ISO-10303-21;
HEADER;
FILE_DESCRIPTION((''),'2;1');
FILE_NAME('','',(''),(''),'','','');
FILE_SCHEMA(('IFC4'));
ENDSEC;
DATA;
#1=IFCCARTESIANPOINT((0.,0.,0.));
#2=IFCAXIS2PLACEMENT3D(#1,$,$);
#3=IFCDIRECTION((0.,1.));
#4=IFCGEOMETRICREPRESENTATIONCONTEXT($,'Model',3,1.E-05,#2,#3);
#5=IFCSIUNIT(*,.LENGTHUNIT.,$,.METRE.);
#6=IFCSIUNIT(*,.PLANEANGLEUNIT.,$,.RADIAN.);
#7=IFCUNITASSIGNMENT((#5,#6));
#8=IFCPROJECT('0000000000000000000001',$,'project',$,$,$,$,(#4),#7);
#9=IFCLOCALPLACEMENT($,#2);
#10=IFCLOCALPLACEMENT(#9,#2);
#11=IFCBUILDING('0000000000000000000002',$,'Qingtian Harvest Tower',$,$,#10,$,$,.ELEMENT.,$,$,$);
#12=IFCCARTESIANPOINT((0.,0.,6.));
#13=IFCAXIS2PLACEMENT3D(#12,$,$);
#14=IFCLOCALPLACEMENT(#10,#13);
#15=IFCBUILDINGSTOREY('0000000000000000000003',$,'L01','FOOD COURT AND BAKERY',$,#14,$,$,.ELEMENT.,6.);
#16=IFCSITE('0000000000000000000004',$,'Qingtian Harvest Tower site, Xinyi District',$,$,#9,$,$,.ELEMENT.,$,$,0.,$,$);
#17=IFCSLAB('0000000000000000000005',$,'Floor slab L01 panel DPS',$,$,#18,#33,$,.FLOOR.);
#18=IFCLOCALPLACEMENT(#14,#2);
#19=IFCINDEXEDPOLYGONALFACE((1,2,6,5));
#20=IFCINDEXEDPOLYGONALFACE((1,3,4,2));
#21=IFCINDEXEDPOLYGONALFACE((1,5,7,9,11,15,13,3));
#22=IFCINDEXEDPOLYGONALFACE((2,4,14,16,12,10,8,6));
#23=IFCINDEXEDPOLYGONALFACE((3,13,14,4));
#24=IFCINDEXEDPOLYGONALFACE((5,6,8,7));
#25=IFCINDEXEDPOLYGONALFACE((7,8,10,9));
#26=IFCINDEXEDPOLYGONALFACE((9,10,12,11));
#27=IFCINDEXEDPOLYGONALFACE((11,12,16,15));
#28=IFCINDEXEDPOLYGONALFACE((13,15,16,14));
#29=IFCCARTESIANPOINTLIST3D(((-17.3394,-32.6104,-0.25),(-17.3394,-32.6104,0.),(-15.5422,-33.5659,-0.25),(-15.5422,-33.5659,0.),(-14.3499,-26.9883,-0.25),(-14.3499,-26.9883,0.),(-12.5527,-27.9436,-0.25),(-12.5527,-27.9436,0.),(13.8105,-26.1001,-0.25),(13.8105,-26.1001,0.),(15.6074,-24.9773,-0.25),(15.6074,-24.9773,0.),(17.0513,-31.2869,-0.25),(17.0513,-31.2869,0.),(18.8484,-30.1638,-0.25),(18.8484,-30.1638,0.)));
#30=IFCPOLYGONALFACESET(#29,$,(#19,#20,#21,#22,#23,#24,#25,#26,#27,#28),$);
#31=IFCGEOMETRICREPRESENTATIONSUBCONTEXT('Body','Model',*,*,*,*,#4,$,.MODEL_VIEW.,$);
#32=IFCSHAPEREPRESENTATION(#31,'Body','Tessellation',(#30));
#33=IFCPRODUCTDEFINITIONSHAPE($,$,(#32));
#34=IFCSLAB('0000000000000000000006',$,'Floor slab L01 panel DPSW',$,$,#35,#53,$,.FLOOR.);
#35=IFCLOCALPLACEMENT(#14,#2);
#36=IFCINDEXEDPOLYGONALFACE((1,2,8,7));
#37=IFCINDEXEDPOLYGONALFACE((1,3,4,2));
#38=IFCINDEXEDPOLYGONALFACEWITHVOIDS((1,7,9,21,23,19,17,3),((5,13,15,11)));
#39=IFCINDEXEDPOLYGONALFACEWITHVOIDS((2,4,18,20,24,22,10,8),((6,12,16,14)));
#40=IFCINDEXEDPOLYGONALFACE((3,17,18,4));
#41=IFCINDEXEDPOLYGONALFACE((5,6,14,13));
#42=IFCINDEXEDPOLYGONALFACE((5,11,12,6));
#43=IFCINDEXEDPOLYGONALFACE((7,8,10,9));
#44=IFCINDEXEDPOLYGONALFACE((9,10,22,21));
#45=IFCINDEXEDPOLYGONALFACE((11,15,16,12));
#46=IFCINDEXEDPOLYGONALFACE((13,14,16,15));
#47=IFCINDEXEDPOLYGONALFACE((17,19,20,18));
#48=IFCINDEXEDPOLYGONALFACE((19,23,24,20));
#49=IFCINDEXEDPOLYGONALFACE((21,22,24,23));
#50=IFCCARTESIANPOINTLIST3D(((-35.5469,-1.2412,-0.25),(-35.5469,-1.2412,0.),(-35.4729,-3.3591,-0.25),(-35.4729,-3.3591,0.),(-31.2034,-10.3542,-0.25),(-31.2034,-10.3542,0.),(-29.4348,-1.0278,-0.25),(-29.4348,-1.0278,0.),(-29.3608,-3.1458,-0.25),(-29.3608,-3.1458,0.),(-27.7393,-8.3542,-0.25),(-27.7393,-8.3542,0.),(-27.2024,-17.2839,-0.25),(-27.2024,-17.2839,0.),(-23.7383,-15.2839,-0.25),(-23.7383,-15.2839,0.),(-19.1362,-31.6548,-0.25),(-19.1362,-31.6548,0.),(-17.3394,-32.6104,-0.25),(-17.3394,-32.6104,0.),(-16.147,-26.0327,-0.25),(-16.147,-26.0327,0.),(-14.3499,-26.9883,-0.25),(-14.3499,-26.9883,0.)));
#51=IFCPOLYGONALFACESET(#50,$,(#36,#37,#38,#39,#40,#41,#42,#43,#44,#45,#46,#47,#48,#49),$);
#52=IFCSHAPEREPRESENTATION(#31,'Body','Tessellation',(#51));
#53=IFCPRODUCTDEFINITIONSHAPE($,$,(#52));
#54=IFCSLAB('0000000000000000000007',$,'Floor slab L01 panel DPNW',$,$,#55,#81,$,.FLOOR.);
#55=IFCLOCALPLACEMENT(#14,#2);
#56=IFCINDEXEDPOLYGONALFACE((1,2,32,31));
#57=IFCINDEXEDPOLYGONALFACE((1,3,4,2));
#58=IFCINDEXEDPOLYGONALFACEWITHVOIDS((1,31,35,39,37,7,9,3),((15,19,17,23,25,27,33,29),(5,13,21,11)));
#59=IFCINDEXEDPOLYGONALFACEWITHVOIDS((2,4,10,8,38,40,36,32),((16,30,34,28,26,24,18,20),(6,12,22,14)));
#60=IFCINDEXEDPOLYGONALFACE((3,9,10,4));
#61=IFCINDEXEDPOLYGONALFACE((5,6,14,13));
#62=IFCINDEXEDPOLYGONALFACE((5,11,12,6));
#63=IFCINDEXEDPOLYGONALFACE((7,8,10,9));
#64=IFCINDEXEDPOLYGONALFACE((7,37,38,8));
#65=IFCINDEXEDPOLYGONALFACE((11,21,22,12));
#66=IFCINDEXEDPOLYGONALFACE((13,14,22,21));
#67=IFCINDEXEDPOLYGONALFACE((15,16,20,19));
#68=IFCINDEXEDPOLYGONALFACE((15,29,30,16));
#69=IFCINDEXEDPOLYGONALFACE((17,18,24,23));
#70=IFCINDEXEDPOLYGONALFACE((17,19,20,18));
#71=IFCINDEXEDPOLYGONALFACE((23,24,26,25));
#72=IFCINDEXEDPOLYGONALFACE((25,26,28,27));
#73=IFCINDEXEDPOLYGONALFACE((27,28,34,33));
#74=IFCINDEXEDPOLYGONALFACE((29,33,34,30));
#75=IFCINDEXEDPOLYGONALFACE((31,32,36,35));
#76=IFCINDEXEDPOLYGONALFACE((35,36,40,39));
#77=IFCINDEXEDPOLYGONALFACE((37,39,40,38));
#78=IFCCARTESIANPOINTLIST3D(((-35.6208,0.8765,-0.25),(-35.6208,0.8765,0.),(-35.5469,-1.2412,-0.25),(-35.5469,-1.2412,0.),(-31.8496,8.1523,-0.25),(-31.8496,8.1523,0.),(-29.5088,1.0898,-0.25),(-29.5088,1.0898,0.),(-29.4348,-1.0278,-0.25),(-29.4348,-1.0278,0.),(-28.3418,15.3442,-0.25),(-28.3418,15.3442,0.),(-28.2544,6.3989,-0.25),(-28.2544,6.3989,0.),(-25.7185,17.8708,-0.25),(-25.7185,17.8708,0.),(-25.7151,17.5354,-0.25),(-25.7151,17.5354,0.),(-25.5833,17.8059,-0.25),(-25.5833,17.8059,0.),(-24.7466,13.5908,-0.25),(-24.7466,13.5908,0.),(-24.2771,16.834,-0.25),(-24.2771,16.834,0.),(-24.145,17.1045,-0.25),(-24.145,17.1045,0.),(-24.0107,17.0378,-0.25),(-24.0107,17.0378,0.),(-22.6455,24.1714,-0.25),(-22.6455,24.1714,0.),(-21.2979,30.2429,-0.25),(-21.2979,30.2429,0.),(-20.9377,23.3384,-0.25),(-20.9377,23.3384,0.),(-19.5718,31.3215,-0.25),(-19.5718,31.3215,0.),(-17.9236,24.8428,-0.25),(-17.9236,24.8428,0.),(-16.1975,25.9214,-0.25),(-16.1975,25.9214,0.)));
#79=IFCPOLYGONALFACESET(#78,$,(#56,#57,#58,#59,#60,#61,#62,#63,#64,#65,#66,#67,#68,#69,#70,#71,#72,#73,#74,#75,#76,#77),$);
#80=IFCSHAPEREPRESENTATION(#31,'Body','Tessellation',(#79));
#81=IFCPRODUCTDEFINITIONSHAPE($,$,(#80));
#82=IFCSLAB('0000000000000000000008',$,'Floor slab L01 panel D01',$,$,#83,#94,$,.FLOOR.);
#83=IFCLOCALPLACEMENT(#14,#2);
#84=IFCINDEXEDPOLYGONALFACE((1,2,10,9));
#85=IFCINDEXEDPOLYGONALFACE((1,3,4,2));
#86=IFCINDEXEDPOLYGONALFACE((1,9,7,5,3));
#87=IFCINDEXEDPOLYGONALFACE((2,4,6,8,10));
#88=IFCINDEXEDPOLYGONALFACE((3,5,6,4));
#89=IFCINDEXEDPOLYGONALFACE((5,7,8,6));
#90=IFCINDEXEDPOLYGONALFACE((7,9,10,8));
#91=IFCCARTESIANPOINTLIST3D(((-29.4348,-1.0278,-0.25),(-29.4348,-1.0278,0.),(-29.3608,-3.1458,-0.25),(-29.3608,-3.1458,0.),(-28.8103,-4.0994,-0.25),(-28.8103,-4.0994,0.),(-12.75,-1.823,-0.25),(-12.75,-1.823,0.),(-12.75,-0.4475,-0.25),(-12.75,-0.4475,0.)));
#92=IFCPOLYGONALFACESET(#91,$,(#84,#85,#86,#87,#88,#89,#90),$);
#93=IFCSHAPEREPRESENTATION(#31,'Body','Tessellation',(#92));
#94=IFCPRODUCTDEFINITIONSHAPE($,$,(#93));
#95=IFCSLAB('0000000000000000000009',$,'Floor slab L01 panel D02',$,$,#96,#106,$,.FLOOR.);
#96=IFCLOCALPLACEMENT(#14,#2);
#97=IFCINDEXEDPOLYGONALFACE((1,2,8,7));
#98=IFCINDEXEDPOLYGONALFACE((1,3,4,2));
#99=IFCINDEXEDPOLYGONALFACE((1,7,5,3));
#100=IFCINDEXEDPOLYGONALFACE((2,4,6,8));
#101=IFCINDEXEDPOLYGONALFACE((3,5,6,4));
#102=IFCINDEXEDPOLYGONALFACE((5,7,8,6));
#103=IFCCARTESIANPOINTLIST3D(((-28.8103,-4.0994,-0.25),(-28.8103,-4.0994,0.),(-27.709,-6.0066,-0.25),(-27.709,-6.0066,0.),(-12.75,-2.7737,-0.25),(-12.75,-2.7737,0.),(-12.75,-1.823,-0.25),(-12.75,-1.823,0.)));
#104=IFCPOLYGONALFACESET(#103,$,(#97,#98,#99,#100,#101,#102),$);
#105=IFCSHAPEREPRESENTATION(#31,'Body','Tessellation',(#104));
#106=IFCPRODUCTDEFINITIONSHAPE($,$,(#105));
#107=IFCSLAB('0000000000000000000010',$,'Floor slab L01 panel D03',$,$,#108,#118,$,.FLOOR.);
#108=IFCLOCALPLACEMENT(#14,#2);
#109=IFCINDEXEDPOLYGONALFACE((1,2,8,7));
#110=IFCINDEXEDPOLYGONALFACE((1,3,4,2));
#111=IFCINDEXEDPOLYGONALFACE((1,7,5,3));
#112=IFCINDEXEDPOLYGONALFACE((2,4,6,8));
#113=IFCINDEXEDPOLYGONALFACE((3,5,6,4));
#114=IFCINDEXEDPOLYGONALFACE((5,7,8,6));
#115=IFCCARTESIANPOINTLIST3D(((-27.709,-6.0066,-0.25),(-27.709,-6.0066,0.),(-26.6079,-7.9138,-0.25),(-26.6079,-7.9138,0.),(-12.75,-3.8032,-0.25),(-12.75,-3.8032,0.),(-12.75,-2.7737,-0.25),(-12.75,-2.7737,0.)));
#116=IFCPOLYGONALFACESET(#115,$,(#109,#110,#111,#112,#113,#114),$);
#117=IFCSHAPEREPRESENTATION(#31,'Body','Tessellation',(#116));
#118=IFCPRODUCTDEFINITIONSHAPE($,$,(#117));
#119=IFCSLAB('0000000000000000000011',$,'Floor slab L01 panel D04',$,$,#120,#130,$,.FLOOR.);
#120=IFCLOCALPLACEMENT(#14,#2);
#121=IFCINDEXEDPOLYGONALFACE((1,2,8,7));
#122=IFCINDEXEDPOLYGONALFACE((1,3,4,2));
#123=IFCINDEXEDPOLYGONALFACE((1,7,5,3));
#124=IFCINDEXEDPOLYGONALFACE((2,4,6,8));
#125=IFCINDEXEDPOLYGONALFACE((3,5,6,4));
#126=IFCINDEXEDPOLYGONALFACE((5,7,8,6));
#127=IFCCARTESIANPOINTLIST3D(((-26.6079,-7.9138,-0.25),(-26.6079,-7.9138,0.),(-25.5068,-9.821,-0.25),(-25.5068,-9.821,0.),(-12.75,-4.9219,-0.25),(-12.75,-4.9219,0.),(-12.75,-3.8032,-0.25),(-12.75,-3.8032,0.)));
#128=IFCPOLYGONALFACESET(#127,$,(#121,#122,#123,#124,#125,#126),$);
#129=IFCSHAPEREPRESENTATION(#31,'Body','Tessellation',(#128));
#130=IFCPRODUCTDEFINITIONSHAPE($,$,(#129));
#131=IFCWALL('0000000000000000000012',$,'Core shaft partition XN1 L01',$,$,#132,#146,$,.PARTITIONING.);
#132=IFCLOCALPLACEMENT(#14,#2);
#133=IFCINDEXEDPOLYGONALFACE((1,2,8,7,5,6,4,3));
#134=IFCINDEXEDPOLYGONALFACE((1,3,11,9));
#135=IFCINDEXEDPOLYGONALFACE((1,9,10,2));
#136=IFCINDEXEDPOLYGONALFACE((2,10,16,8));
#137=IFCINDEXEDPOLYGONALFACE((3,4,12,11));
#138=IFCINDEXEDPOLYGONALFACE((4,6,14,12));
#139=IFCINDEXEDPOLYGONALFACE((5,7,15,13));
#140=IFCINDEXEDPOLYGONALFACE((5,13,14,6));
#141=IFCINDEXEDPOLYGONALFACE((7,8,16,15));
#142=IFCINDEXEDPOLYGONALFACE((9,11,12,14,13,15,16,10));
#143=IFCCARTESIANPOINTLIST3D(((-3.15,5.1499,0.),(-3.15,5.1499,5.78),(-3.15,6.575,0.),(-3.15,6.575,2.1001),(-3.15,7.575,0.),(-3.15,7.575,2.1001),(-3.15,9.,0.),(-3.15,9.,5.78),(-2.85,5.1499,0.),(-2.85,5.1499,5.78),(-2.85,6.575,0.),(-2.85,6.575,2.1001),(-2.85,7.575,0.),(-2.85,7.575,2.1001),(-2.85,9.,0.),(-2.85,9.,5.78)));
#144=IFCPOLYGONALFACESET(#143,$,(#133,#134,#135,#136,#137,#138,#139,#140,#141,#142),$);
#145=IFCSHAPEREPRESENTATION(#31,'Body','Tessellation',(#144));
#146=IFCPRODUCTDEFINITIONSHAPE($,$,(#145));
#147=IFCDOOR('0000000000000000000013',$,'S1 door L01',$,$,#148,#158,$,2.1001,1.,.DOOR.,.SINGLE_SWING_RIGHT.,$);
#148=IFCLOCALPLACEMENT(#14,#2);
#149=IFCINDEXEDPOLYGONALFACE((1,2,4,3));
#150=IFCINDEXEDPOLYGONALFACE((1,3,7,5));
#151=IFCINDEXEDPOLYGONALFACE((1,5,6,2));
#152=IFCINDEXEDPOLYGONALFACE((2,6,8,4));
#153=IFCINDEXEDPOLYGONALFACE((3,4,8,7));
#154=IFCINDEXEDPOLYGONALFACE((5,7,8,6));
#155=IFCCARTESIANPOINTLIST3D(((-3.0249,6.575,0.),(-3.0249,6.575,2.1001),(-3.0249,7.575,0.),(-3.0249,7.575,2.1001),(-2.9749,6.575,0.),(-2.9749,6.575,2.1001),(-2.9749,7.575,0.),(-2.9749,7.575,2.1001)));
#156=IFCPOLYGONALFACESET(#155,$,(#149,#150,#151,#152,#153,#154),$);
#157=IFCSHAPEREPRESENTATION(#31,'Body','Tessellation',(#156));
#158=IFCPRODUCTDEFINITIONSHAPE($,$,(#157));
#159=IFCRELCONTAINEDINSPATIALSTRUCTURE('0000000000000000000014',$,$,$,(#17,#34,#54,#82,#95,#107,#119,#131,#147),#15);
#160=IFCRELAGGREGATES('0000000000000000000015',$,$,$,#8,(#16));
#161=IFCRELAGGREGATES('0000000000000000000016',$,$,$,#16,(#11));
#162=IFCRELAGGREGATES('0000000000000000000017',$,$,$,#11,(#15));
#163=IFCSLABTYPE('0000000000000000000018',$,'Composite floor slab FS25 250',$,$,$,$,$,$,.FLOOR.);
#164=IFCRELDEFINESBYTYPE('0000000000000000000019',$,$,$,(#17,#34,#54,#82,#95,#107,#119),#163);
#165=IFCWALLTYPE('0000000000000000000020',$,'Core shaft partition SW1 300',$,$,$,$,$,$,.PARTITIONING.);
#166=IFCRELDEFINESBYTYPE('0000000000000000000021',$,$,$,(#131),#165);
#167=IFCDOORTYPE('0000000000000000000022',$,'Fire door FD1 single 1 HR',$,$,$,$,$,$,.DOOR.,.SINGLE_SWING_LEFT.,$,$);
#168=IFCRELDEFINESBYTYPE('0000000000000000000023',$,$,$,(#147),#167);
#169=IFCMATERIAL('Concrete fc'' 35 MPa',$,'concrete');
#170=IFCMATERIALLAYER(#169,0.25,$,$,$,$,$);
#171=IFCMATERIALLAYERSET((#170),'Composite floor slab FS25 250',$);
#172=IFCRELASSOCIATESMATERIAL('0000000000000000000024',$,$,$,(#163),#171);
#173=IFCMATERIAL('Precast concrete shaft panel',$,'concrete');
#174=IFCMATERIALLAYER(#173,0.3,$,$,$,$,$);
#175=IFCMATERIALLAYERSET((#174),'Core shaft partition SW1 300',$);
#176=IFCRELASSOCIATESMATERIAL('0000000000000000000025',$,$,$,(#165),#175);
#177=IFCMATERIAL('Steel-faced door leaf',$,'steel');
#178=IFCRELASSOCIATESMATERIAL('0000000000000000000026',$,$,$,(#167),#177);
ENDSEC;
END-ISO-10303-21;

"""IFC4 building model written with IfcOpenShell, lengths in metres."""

from ifc_helpers import new_model, si_unit, direction, frame, frame_2d, origin, place, context, subcontext, project, spatial, polyline, rectangle, outline, extrude, material, layer, layer_set, type_object, element, fill, save


model = new_model("IFC4")

# Units and contexts
model_context = context("Model", 3, precision=1e-05, world=origin(), true_north=direction((0.0, 1.0)))
body_context = subcontext(model_context, "Body", "Model", "MODEL_VIEW")
ifc_project = project(units=[si_unit("LENGTHUNIT", "METRE"), si_unit("PLANEANGLEUNIT", "RADIAN")], contexts=[model_context])

# Site, building, storey
site_placement = place(None, origin())
site = spatial("IfcSite", under=ifc_project, at=site_placement, Name="Qingtian Harvest Tower site, Xinyi District", CompositionType="ELEMENT", RefElevation=0.0)
building_placement = place(site_placement, origin())
building = spatial("IfcBuilding", under=site, at=building_placement, Name="Qingtian Harvest Tower", CompositionType="ELEMENT")
storey_placement = place(building_placement, frame((0.0, 0.0, 6.0)))
storey = spatial("IfcBuildingStorey", under=building, at=storey_placement, Name="L01", Description="FOOD COURT AND BAKERY", CompositionType="ELEMENT", Elevation=6.0)

# Slabs
ifc_material_1 = material(Name="Concrete fc' 35 MPa", Category="concrete")
ifc_layer_1 = layer(ifc_material_1, 0.25)
ifc_layer_set_1 = layer_set([ifc_layer_1], Name="Composite floor slab FS25 250")
slab_type = type_object("IfcSlabType", Name="Composite floor slab FS25 250", PredefinedType="FLOOR", material=ifc_layer_set_1)
slab_1_placement = place(storey_placement, frame((0.0, 0.0, -0.25)))
element("IfcSlab", 1, at=slab_1_placement, inside=storey, type_object=slab_type, Name="Floor slab L01 panel DPS", PredefinedType="FLOOR", context=body_context, shape_type="SweptSolid", body=[
    extrude(outline(polyline([(-17.3394, -32.6104), (-14.3499, -26.9883), (-12.5527, -27.9436), (13.8105, -26.1001), (15.6074, -24.9773), (18.8484, -30.1638), (17.0513, -31.2869), (-15.5422, -33.5659), (-17.3394, -32.6104)])), origin(), (0.0, 0.0, 1.0), 0.25),
])
slab_2_placement = place(storey_placement, frame((0.0, 0.0, -0.25)))
element("IfcSlab", 2, at=slab_2_placement, inside=storey, type_object=slab_type, Name="Floor slab L01 panel DPSW", PredefinedType="FLOOR", context=body_context, shape_type="SweptSolid", body=[
    extrude(outline(polyline([(-35.5469, -1.2412), (-29.4348, -1.0278), (-29.3608, -3.1458), (-16.147, -26.0327), (-14.3499, -26.9883), (-17.3394, -32.6104), (-19.1362, -31.6548), (-35.4729, -3.3591), (-35.5469, -1.2412)]), holes=[polyline([(-31.2034, -10.3542), (-27.2024, -17.2839), (-23.7383, -15.2839), (-27.7393, -8.3542), (-31.2034, -10.3542)])]), origin(), (0.0, 0.0, 1.0), 0.25),
])
slab_3_placement = place(storey_placement, frame((0.0, 0.0, -0.25)))
element("IfcSlab", 3, at=slab_3_placement, inside=storey, type_object=slab_type, Name="Floor slab L01 panel DPNW", PredefinedType="FLOOR", context=body_context, shape_type="SweptSolid", body=[
    extrude(outline(polyline([(-19.5718, 31.3215), (-16.1975, 25.9214), (-17.9236, 24.8428), (-29.5088, 1.0898), (-29.4348, -1.0278), (-35.5469, -1.2412), (-35.6208, 0.8765), (-21.2979, 30.2429), (-19.5718, 31.3215)]), holes=[polyline([(-25.5833, 17.8059), (-25.7151, 17.5354), (-24.2771, 16.834), (-24.145, 17.1045), (-24.0107, 17.0378), (-20.9377, 23.3384), (-22.6455, 24.1714), (-25.7185, 17.8708), (-25.5833, 17.8059)]), polyline([(-31.8496, 8.1523), (-28.2544, 6.3989), (-24.7466, 13.5908), (-28.3418, 15.3442), (-31.8496, 8.1523)])]), origin(), (0.0, 0.0, 1.0), 0.25),
])
slab_4_placement = place(storey_placement, frame((0.0, 0.0, -0.25)))
element("IfcSlab", 4, at=slab_4_placement, inside=storey, type_object=slab_type, Name="Floor slab L01 panel D01", PredefinedType="FLOOR", context=body_context, shape_type="SweptSolid", body=[
    extrude(outline(polyline([(-12.75, -0.4475), (-12.75, -1.823), (-28.8103, -4.0994), (-29.3608, -3.1458), (-29.4348, -1.0278), (-12.75, -0.4475)])), origin(), (0.0, 0.0, 1.0), 0.25),
])
slab_5_placement = place(storey_placement, frame((0.0, 0.0, -0.25)))
element("IfcSlab", 5, at=slab_5_placement, inside=storey, type_object=slab_type, Name="Floor slab L01 panel D02", PredefinedType="FLOOR", context=body_context, shape_type="SweptSolid", body=[
    extrude(outline(polyline([(-12.75, -2.7737), (-27.709, -6.0066), (-28.8103, -4.0994), (-12.75, -1.823), (-12.75, -2.7737)])), origin(), (0.0, 0.0, 1.0), 0.25),
])
slab_6_placement = place(storey_placement, frame((0.0, 0.0, -0.25)))
element("IfcSlab", 6, at=slab_6_placement, inside=storey, type_object=slab_type, Name="Floor slab L01 panel D03", PredefinedType="FLOOR", context=body_context, shape_type="SweptSolid", body=[
    extrude(outline(polyline([(-12.75, -3.8032), (-26.6079, -7.9138), (-27.709, -6.0066), (-12.75, -2.7737), (-12.75, -3.8032)])), origin(), (0.0, 0.0, 1.0), 0.25),
])
slab_7_placement = place(storey_placement, frame((0.0, 0.0, -0.25)))
element("IfcSlab", 7, at=slab_7_placement, inside=storey, type_object=slab_type, Name="Floor slab L01 panel D04", PredefinedType="FLOOR", context=body_context, shape_type="SweptSolid", body=[
    extrude(outline(polyline([(-12.75, -4.9219), (-25.5068, -9.821), (-26.6079, -7.9138), (-12.75, -3.8032), (-12.75, -4.9219)])), origin(), (0.0, 0.0, 1.0), 0.25),
])

# Wall, opening, door
ifc_material_2 = material(Name="Precast concrete shaft panel", Category="concrete")
ifc_layer_2 = layer(ifc_material_2, 0.3)
ifc_layer_set_2 = layer_set([ifc_layer_2], Name="Core shaft partition SW1 300")
wall_type_1 = type_object("IfcWallType", Name="Core shaft partition SW1 300", PredefinedType="PARTITIONING", material=ifc_layer_set_2)
wall_1_placement = place(storey_placement, frame((-3.0, 5.1499, 0.0), z_axis=(0.0, 0.0, 1.0), x_axis=(0.0, 1.0, 0.0)))
wall_1 = element("IfcWall", 8, at=wall_1_placement, inside=storey, type_object=wall_type_1, Name="Core shaft partition XN1 L01", PredefinedType="PARTITIONING", context=body_context, shape_type="SweptSolid", body=[
    extrude(rectangle(XDim=3.8501, YDim=0.3, at=frame_2d((1.925, 0.0))), origin(), (0.0, 0.0, 1.0), 5.78),
])
opening_1_placement = place(wall_1_placement, frame((1.425, 0.0, 0.0)))
opening_1 = element("IfcOpeningElement", 9, at=opening_1_placement, cuts=wall_1, PredefinedType="OPENING", context=body_context, shape_type="SweptSolid", body=[
    extrude(rectangle(XDim=1.0, YDim=2.1001, at=frame_2d((0.5, 1.05))), frame((0.0, 0.1599, 0.0), z_axis=(0.0, -1.0, 0.0), x_axis=(1.0, 0.0, 0.0)), (0.0, 0.0, 1.0), 0.3201),
])
ifc_material_3 = material(Name="Steel-faced door leaf", Category="steel")
door_type_1 = type_object("IfcDoorType", Name="Fire door FD1 single 1 HR", OperationType="SINGLE_SWING_LEFT", PredefinedType="DOOR", material=ifc_material_3)
door_1_placement = place(opening_1_placement, origin())
door_1 = element("IfcDoor", 10, at=door_1_placement, inside=storey, type_object=door_type_1, Name="S1 door L01", OperationType="SINGLE_SWING_RIGHT", OverallHeight=2.1001, OverallWidth=1.0, PredefinedType="DOOR", context=body_context, shape_type="SweptSolid", body=[
    extrude(rectangle(XDim=1.0, YDim=2.1001, at=frame_2d((0.5, 1.05))), frame((0.0, 0.0249, 0.0), z_axis=(0.0, -1.0, 0.0), x_axis=(1.0, 0.0, 0.0)), (0.0, 0.0, 1.0), 0.05),
])
fill(opening_1, door_1)

save(model, "model.ifc")
